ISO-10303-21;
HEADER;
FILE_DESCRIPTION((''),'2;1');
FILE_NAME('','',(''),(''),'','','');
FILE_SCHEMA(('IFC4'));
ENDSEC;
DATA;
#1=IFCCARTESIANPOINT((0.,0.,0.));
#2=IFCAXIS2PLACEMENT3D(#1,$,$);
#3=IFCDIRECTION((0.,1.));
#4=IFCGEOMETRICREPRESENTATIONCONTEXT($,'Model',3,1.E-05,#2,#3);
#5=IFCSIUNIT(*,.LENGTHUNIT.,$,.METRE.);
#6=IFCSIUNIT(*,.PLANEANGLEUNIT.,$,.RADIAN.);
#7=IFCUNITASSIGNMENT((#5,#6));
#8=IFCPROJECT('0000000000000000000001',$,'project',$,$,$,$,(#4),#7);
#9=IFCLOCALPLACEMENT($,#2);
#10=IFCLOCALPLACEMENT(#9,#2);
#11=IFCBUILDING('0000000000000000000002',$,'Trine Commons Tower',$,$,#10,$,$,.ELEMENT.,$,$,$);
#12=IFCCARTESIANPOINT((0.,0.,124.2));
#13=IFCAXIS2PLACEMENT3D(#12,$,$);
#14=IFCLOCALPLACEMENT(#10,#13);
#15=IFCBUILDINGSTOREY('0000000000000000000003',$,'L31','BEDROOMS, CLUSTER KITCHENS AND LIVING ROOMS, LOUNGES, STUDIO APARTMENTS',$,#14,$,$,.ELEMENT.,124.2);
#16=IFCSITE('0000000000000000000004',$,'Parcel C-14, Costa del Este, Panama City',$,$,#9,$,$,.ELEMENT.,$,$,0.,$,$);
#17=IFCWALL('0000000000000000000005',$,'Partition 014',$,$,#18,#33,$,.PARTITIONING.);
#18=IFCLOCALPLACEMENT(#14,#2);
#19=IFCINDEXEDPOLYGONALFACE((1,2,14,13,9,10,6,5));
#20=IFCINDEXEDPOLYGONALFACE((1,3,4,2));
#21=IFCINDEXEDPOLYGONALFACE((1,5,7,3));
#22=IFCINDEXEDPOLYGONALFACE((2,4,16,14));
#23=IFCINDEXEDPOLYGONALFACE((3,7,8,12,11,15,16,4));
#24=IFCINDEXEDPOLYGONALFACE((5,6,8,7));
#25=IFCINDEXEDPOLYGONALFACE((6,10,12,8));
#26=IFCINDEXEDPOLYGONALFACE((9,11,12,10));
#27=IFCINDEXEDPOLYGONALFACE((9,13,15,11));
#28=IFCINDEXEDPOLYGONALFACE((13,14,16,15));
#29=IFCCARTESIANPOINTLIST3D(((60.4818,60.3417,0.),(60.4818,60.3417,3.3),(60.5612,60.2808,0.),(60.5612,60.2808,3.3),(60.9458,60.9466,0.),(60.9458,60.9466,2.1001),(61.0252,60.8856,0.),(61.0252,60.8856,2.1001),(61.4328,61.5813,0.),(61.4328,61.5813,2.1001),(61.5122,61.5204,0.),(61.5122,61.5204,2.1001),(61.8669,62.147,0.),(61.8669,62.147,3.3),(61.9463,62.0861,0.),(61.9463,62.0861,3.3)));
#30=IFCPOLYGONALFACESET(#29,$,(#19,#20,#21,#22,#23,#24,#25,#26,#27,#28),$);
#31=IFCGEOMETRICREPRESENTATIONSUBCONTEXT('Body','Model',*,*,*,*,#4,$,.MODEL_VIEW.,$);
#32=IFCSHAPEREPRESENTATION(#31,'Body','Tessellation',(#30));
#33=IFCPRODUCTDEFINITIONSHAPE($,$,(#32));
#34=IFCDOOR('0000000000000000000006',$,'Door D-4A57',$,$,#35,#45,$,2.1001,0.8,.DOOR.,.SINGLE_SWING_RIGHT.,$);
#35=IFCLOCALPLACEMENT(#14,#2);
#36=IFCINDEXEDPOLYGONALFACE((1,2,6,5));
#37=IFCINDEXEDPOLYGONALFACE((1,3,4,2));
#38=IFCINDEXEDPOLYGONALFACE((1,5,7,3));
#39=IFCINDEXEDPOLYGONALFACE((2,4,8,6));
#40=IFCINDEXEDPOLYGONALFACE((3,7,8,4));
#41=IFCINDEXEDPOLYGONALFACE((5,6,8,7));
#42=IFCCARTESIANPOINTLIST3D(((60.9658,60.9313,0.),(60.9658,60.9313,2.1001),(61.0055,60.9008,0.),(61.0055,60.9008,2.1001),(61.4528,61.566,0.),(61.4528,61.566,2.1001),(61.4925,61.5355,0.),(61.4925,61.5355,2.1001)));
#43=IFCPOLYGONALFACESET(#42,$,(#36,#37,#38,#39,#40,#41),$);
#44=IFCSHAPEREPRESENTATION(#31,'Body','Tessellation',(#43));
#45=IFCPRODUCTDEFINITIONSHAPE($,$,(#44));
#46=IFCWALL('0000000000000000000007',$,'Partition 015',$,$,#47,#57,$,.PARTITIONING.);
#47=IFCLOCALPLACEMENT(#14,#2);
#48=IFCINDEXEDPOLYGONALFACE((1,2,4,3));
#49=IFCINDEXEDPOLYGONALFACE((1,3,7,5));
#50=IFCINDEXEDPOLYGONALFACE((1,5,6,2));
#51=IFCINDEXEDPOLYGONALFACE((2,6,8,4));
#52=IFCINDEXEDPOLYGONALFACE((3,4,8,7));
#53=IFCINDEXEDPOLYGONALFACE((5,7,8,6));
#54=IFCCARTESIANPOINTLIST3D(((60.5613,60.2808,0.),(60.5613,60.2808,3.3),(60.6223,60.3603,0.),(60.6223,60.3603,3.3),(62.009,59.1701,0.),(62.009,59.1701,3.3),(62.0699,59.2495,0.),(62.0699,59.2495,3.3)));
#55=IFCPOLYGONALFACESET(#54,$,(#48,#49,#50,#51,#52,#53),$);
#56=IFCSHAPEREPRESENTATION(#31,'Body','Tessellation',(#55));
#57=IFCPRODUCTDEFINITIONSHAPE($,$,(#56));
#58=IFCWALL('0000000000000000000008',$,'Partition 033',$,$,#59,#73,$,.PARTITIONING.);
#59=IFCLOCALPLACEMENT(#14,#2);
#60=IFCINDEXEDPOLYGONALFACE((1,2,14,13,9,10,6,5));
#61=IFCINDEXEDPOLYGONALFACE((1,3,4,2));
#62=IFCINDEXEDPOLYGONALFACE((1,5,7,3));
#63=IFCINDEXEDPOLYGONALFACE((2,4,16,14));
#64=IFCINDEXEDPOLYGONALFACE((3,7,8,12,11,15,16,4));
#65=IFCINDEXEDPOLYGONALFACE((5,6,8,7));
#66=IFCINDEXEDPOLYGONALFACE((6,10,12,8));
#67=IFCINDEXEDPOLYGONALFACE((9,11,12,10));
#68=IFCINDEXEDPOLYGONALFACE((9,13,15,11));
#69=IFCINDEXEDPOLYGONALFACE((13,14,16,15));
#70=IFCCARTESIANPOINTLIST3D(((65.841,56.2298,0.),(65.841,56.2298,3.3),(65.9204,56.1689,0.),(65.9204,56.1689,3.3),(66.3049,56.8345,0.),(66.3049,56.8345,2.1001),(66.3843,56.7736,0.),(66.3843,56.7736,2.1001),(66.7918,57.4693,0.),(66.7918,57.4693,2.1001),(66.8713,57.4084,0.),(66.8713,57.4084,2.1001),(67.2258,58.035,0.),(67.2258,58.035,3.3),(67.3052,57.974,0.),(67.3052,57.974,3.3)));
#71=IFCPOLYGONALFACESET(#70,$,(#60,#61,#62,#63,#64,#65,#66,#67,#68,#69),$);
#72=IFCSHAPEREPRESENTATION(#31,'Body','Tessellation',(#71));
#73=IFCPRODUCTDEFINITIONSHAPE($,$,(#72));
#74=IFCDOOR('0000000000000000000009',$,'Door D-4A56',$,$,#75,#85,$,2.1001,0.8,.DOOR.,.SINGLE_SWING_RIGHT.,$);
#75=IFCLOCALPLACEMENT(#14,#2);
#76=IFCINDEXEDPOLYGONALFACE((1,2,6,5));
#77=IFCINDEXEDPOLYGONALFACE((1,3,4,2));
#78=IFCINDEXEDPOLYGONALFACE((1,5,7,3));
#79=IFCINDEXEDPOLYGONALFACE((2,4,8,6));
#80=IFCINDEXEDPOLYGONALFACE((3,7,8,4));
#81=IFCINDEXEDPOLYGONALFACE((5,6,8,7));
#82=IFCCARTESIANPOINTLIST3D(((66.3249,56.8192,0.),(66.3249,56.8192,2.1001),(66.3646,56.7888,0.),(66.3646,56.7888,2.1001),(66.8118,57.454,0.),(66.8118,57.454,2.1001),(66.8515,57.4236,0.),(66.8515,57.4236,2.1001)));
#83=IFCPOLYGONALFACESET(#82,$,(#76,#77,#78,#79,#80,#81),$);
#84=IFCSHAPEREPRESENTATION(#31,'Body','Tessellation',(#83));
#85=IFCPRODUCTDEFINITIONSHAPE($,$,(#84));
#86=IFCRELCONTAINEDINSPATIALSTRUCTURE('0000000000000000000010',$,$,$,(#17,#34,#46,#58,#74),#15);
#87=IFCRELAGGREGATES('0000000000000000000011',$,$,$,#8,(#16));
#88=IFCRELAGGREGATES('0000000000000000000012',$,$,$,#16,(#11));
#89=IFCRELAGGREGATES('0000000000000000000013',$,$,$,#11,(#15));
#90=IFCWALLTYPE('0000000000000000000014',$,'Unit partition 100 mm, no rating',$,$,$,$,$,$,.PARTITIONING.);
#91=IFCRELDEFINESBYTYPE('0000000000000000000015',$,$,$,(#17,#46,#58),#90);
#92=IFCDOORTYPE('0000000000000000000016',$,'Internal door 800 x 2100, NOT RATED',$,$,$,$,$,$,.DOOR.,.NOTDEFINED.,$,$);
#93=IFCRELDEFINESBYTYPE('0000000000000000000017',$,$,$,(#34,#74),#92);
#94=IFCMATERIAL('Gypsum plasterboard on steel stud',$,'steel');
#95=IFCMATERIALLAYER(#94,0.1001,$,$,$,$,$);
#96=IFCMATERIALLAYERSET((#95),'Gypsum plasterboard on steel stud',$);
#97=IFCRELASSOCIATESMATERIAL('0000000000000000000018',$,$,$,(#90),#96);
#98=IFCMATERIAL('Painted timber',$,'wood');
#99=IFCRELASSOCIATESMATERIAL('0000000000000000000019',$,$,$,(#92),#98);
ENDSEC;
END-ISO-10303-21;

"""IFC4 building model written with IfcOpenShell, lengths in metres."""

from ifc_helpers import new_model, si_unit, direction, frame, frame_2d, origin, place, context, subcontext, project, spatial, rectangle, extrude, material, layer, layer_set, type_object, element, fill, save


model = new_model("IFC4")

# Units and contexts
model_context = context("Model", 3, precision=1e-05, world=origin(), true_north=direction((0.0, 1.0)))
body_context = subcontext(model_context, "Body", "Model", "MODEL_VIEW")
ifc_project = project(units=[si_unit("LENGTHUNIT", "METRE"), si_unit("PLANEANGLEUNIT", "RADIAN")], contexts=[model_context])

# Site, building, storey
site_placement = place(None, origin())
site = spatial("IfcSite", under=ifc_project, at=site_placement, Name="Parcel C-14, Costa del Este, Panama City", CompositionType="ELEMENT", RefElevation=0.0)
building_placement = place(site_placement, origin())
building = spatial("IfcBuilding", under=site, at=building_placement, Name="Trine Commons Tower", CompositionType="ELEMENT")
storey_placement = place(building_placement, frame((0.0, 0.0, 124.2)))
storey = spatial("IfcBuildingStorey", under=building, at=storey_placement, Name="L31", Description="BEDROOMS, CLUSTER KITCHENS AND LIVING ROOMS, LOUNGES, STUDIO APARTMENTS", CompositionType="ELEMENT", Elevation=124.2)

# Shared definitions
ifc_material_1 = material(Name="Gypsum plasterboard on steel stud", Category="steel")

# Shared definitions
ifc_layer_1 = layer(ifc_material_1, 0.1001)
ifc_layer_set_1 = layer_set([ifc_layer_1], Name="Gypsum plasterboard on steel stud")
wall_type_1 = type_object("IfcWallType", Name="Unit partition 100 mm, no rating", PredefinedType="PARTITIONING", material=ifc_layer_set_1)
ifc_material_2 = material(Name="Painted timber", Category="wood")
door_type_1 = type_object("IfcDoorType", Name="Internal door 800 x 2100, NOT RATED", OperationType="NOTDEFINED", PredefinedType="DOOR", material=ifc_material_2)

# Wall, opening, door
wall_1_placement = place(storey_placement, frame((60.5215, 60.3113, 0.0), z_axis=(0.0, 0.0, 1.0), x_axis=(0.60872, 0.793385, 0.0)))
wall_1 = element("IfcWall", 1, at=wall_1_placement, inside=storey, type_object=wall_type_1, Name="Partition 014", PredefinedType="PARTITIONING", context=body_context, shape_type="SweptSolid", body=[
    extrude(rectangle(XDim=2.2754, YDim=0.1001, at=frame_2d((1.1377, 0.0))), origin(), (0.0, 0.0, 1.0), 3.3),
])
opening_1_placement = place(wall_1_placement, frame((0.7625, 0.0, 0.0)))
opening_1 = element("IfcOpeningElement", 2, at=opening_1_placement, cuts=wall_1, PredefinedType="OPENING", context=body_context, shape_type="SweptSolid", body=[
    extrude(rectangle(XDim=0.8, YDim=2.1001, at=frame_2d((0.3999, 1.05))), frame((0.0, 0.0601, 0.0), z_axis=(0.0, -1.0, 0.0), x_axis=(1.0, 0.0, 0.0)), (0.0, 0.0, 1.0), 0.1201),
])
door_1_placement = place(opening_1_placement, origin())
door_1 = element("IfcDoor", 3, at=door_1_placement, inside=storey, type_object=door_type_1, Name="Door D-4A57", OperationType="SINGLE_SWING_RIGHT", OverallHeight=2.1001, OverallWidth=0.8, PredefinedType="DOOR", context=body_context, shape_type="SweptSolid", body=[
    extrude(rectangle(XDim=0.8, YDim=2.1001, at=frame_2d((0.3999, 1.05))), frame((0.0, 0.0249, 0.0), z_axis=(0.0, -1.0, 0.0), x_axis=(1.0, 0.0, 0.0)), (0.0, 0.0, 1.0), 0.05),
])
fill(opening_1, door_1)

# Wall
wall_2_placement = place(storey_placement, frame((60.5918, 60.3206, 0.0), z_axis=(0.0, 0.0, 1.0), x_axis=(0.793369, -0.60874, 0.0)))
element("IfcWall", 4, at=wall_2_placement, inside=storey, type_object=wall_type_1, Name="Partition 015", PredefinedType="PARTITIONING", context=body_context, shape_type="SweptSolid", body=[
    extrude(rectangle(XDim=1.8247, YDim=0.1001, at=frame_2d((0.9124, 0.0))), origin(), (0.0, 0.0, 1.0), 3.3),
])

# Wall, opening, door
wall_3_placement = place(storey_placement, frame((65.8806, 56.1992, 0.0), z_axis=(0.0, 0.0, 1.0), x_axis=(0.608652, 0.793437, 0.0)))
wall_3 = element("IfcWall", 5, at=wall_3_placement, inside=storey, type_object=wall_type_1, Name="Partition 033", PredefinedType="PARTITIONING", context=body_context, shape_type="SweptSolid", body=[
    extrude(rectangle(XDim=2.2751, YDim=0.1001, at=frame_2d((1.1377, 0.0))), origin(), (0.0, 0.0, 1.0), 3.3),
])
opening_2_placement = place(wall_3_placement, frame((0.7625, 0.0, 0.0)))
opening_2 = element("IfcOpeningElement", 6, at=opening_2_placement, cuts=wall_3, PredefinedType="OPENING", context=body_context, shape_type="SweptSolid", body=[
    extrude(rectangle(XDim=0.8, YDim=2.1001, at=frame_2d((0.3999, 1.05))), frame((0.0, 0.0601, 0.0), z_axis=(0.0, -1.0, 0.0), x_axis=(1.0, 0.0, 0.0)), (0.0, 0.0, 1.0), 0.1201),
])
door_2_placement = place(opening_2_placement, origin())
door_2 = element("IfcDoor", 7, at=door_2_placement, inside=storey, type_object=door_type_1, Name="Door D-4A56", OperationType="SINGLE_SWING_RIGHT", OverallHeight=2.1001, OverallWidth=0.8, PredefinedType="DOOR", context=body_context, shape_type="SweptSolid", body=[
    extrude(rectangle(XDim=0.8, YDim=2.1001, at=frame_2d((0.3999, 1.05))), frame((0.0, 0.0249, 0.0), z_axis=(0.0, -1.0, 0.0), x_axis=(1.0, 0.0, 0.0)), (0.0, 0.0, 1.0), 0.05),
])
fill(opening_2, door_2)

save(model, "model.ifc")
